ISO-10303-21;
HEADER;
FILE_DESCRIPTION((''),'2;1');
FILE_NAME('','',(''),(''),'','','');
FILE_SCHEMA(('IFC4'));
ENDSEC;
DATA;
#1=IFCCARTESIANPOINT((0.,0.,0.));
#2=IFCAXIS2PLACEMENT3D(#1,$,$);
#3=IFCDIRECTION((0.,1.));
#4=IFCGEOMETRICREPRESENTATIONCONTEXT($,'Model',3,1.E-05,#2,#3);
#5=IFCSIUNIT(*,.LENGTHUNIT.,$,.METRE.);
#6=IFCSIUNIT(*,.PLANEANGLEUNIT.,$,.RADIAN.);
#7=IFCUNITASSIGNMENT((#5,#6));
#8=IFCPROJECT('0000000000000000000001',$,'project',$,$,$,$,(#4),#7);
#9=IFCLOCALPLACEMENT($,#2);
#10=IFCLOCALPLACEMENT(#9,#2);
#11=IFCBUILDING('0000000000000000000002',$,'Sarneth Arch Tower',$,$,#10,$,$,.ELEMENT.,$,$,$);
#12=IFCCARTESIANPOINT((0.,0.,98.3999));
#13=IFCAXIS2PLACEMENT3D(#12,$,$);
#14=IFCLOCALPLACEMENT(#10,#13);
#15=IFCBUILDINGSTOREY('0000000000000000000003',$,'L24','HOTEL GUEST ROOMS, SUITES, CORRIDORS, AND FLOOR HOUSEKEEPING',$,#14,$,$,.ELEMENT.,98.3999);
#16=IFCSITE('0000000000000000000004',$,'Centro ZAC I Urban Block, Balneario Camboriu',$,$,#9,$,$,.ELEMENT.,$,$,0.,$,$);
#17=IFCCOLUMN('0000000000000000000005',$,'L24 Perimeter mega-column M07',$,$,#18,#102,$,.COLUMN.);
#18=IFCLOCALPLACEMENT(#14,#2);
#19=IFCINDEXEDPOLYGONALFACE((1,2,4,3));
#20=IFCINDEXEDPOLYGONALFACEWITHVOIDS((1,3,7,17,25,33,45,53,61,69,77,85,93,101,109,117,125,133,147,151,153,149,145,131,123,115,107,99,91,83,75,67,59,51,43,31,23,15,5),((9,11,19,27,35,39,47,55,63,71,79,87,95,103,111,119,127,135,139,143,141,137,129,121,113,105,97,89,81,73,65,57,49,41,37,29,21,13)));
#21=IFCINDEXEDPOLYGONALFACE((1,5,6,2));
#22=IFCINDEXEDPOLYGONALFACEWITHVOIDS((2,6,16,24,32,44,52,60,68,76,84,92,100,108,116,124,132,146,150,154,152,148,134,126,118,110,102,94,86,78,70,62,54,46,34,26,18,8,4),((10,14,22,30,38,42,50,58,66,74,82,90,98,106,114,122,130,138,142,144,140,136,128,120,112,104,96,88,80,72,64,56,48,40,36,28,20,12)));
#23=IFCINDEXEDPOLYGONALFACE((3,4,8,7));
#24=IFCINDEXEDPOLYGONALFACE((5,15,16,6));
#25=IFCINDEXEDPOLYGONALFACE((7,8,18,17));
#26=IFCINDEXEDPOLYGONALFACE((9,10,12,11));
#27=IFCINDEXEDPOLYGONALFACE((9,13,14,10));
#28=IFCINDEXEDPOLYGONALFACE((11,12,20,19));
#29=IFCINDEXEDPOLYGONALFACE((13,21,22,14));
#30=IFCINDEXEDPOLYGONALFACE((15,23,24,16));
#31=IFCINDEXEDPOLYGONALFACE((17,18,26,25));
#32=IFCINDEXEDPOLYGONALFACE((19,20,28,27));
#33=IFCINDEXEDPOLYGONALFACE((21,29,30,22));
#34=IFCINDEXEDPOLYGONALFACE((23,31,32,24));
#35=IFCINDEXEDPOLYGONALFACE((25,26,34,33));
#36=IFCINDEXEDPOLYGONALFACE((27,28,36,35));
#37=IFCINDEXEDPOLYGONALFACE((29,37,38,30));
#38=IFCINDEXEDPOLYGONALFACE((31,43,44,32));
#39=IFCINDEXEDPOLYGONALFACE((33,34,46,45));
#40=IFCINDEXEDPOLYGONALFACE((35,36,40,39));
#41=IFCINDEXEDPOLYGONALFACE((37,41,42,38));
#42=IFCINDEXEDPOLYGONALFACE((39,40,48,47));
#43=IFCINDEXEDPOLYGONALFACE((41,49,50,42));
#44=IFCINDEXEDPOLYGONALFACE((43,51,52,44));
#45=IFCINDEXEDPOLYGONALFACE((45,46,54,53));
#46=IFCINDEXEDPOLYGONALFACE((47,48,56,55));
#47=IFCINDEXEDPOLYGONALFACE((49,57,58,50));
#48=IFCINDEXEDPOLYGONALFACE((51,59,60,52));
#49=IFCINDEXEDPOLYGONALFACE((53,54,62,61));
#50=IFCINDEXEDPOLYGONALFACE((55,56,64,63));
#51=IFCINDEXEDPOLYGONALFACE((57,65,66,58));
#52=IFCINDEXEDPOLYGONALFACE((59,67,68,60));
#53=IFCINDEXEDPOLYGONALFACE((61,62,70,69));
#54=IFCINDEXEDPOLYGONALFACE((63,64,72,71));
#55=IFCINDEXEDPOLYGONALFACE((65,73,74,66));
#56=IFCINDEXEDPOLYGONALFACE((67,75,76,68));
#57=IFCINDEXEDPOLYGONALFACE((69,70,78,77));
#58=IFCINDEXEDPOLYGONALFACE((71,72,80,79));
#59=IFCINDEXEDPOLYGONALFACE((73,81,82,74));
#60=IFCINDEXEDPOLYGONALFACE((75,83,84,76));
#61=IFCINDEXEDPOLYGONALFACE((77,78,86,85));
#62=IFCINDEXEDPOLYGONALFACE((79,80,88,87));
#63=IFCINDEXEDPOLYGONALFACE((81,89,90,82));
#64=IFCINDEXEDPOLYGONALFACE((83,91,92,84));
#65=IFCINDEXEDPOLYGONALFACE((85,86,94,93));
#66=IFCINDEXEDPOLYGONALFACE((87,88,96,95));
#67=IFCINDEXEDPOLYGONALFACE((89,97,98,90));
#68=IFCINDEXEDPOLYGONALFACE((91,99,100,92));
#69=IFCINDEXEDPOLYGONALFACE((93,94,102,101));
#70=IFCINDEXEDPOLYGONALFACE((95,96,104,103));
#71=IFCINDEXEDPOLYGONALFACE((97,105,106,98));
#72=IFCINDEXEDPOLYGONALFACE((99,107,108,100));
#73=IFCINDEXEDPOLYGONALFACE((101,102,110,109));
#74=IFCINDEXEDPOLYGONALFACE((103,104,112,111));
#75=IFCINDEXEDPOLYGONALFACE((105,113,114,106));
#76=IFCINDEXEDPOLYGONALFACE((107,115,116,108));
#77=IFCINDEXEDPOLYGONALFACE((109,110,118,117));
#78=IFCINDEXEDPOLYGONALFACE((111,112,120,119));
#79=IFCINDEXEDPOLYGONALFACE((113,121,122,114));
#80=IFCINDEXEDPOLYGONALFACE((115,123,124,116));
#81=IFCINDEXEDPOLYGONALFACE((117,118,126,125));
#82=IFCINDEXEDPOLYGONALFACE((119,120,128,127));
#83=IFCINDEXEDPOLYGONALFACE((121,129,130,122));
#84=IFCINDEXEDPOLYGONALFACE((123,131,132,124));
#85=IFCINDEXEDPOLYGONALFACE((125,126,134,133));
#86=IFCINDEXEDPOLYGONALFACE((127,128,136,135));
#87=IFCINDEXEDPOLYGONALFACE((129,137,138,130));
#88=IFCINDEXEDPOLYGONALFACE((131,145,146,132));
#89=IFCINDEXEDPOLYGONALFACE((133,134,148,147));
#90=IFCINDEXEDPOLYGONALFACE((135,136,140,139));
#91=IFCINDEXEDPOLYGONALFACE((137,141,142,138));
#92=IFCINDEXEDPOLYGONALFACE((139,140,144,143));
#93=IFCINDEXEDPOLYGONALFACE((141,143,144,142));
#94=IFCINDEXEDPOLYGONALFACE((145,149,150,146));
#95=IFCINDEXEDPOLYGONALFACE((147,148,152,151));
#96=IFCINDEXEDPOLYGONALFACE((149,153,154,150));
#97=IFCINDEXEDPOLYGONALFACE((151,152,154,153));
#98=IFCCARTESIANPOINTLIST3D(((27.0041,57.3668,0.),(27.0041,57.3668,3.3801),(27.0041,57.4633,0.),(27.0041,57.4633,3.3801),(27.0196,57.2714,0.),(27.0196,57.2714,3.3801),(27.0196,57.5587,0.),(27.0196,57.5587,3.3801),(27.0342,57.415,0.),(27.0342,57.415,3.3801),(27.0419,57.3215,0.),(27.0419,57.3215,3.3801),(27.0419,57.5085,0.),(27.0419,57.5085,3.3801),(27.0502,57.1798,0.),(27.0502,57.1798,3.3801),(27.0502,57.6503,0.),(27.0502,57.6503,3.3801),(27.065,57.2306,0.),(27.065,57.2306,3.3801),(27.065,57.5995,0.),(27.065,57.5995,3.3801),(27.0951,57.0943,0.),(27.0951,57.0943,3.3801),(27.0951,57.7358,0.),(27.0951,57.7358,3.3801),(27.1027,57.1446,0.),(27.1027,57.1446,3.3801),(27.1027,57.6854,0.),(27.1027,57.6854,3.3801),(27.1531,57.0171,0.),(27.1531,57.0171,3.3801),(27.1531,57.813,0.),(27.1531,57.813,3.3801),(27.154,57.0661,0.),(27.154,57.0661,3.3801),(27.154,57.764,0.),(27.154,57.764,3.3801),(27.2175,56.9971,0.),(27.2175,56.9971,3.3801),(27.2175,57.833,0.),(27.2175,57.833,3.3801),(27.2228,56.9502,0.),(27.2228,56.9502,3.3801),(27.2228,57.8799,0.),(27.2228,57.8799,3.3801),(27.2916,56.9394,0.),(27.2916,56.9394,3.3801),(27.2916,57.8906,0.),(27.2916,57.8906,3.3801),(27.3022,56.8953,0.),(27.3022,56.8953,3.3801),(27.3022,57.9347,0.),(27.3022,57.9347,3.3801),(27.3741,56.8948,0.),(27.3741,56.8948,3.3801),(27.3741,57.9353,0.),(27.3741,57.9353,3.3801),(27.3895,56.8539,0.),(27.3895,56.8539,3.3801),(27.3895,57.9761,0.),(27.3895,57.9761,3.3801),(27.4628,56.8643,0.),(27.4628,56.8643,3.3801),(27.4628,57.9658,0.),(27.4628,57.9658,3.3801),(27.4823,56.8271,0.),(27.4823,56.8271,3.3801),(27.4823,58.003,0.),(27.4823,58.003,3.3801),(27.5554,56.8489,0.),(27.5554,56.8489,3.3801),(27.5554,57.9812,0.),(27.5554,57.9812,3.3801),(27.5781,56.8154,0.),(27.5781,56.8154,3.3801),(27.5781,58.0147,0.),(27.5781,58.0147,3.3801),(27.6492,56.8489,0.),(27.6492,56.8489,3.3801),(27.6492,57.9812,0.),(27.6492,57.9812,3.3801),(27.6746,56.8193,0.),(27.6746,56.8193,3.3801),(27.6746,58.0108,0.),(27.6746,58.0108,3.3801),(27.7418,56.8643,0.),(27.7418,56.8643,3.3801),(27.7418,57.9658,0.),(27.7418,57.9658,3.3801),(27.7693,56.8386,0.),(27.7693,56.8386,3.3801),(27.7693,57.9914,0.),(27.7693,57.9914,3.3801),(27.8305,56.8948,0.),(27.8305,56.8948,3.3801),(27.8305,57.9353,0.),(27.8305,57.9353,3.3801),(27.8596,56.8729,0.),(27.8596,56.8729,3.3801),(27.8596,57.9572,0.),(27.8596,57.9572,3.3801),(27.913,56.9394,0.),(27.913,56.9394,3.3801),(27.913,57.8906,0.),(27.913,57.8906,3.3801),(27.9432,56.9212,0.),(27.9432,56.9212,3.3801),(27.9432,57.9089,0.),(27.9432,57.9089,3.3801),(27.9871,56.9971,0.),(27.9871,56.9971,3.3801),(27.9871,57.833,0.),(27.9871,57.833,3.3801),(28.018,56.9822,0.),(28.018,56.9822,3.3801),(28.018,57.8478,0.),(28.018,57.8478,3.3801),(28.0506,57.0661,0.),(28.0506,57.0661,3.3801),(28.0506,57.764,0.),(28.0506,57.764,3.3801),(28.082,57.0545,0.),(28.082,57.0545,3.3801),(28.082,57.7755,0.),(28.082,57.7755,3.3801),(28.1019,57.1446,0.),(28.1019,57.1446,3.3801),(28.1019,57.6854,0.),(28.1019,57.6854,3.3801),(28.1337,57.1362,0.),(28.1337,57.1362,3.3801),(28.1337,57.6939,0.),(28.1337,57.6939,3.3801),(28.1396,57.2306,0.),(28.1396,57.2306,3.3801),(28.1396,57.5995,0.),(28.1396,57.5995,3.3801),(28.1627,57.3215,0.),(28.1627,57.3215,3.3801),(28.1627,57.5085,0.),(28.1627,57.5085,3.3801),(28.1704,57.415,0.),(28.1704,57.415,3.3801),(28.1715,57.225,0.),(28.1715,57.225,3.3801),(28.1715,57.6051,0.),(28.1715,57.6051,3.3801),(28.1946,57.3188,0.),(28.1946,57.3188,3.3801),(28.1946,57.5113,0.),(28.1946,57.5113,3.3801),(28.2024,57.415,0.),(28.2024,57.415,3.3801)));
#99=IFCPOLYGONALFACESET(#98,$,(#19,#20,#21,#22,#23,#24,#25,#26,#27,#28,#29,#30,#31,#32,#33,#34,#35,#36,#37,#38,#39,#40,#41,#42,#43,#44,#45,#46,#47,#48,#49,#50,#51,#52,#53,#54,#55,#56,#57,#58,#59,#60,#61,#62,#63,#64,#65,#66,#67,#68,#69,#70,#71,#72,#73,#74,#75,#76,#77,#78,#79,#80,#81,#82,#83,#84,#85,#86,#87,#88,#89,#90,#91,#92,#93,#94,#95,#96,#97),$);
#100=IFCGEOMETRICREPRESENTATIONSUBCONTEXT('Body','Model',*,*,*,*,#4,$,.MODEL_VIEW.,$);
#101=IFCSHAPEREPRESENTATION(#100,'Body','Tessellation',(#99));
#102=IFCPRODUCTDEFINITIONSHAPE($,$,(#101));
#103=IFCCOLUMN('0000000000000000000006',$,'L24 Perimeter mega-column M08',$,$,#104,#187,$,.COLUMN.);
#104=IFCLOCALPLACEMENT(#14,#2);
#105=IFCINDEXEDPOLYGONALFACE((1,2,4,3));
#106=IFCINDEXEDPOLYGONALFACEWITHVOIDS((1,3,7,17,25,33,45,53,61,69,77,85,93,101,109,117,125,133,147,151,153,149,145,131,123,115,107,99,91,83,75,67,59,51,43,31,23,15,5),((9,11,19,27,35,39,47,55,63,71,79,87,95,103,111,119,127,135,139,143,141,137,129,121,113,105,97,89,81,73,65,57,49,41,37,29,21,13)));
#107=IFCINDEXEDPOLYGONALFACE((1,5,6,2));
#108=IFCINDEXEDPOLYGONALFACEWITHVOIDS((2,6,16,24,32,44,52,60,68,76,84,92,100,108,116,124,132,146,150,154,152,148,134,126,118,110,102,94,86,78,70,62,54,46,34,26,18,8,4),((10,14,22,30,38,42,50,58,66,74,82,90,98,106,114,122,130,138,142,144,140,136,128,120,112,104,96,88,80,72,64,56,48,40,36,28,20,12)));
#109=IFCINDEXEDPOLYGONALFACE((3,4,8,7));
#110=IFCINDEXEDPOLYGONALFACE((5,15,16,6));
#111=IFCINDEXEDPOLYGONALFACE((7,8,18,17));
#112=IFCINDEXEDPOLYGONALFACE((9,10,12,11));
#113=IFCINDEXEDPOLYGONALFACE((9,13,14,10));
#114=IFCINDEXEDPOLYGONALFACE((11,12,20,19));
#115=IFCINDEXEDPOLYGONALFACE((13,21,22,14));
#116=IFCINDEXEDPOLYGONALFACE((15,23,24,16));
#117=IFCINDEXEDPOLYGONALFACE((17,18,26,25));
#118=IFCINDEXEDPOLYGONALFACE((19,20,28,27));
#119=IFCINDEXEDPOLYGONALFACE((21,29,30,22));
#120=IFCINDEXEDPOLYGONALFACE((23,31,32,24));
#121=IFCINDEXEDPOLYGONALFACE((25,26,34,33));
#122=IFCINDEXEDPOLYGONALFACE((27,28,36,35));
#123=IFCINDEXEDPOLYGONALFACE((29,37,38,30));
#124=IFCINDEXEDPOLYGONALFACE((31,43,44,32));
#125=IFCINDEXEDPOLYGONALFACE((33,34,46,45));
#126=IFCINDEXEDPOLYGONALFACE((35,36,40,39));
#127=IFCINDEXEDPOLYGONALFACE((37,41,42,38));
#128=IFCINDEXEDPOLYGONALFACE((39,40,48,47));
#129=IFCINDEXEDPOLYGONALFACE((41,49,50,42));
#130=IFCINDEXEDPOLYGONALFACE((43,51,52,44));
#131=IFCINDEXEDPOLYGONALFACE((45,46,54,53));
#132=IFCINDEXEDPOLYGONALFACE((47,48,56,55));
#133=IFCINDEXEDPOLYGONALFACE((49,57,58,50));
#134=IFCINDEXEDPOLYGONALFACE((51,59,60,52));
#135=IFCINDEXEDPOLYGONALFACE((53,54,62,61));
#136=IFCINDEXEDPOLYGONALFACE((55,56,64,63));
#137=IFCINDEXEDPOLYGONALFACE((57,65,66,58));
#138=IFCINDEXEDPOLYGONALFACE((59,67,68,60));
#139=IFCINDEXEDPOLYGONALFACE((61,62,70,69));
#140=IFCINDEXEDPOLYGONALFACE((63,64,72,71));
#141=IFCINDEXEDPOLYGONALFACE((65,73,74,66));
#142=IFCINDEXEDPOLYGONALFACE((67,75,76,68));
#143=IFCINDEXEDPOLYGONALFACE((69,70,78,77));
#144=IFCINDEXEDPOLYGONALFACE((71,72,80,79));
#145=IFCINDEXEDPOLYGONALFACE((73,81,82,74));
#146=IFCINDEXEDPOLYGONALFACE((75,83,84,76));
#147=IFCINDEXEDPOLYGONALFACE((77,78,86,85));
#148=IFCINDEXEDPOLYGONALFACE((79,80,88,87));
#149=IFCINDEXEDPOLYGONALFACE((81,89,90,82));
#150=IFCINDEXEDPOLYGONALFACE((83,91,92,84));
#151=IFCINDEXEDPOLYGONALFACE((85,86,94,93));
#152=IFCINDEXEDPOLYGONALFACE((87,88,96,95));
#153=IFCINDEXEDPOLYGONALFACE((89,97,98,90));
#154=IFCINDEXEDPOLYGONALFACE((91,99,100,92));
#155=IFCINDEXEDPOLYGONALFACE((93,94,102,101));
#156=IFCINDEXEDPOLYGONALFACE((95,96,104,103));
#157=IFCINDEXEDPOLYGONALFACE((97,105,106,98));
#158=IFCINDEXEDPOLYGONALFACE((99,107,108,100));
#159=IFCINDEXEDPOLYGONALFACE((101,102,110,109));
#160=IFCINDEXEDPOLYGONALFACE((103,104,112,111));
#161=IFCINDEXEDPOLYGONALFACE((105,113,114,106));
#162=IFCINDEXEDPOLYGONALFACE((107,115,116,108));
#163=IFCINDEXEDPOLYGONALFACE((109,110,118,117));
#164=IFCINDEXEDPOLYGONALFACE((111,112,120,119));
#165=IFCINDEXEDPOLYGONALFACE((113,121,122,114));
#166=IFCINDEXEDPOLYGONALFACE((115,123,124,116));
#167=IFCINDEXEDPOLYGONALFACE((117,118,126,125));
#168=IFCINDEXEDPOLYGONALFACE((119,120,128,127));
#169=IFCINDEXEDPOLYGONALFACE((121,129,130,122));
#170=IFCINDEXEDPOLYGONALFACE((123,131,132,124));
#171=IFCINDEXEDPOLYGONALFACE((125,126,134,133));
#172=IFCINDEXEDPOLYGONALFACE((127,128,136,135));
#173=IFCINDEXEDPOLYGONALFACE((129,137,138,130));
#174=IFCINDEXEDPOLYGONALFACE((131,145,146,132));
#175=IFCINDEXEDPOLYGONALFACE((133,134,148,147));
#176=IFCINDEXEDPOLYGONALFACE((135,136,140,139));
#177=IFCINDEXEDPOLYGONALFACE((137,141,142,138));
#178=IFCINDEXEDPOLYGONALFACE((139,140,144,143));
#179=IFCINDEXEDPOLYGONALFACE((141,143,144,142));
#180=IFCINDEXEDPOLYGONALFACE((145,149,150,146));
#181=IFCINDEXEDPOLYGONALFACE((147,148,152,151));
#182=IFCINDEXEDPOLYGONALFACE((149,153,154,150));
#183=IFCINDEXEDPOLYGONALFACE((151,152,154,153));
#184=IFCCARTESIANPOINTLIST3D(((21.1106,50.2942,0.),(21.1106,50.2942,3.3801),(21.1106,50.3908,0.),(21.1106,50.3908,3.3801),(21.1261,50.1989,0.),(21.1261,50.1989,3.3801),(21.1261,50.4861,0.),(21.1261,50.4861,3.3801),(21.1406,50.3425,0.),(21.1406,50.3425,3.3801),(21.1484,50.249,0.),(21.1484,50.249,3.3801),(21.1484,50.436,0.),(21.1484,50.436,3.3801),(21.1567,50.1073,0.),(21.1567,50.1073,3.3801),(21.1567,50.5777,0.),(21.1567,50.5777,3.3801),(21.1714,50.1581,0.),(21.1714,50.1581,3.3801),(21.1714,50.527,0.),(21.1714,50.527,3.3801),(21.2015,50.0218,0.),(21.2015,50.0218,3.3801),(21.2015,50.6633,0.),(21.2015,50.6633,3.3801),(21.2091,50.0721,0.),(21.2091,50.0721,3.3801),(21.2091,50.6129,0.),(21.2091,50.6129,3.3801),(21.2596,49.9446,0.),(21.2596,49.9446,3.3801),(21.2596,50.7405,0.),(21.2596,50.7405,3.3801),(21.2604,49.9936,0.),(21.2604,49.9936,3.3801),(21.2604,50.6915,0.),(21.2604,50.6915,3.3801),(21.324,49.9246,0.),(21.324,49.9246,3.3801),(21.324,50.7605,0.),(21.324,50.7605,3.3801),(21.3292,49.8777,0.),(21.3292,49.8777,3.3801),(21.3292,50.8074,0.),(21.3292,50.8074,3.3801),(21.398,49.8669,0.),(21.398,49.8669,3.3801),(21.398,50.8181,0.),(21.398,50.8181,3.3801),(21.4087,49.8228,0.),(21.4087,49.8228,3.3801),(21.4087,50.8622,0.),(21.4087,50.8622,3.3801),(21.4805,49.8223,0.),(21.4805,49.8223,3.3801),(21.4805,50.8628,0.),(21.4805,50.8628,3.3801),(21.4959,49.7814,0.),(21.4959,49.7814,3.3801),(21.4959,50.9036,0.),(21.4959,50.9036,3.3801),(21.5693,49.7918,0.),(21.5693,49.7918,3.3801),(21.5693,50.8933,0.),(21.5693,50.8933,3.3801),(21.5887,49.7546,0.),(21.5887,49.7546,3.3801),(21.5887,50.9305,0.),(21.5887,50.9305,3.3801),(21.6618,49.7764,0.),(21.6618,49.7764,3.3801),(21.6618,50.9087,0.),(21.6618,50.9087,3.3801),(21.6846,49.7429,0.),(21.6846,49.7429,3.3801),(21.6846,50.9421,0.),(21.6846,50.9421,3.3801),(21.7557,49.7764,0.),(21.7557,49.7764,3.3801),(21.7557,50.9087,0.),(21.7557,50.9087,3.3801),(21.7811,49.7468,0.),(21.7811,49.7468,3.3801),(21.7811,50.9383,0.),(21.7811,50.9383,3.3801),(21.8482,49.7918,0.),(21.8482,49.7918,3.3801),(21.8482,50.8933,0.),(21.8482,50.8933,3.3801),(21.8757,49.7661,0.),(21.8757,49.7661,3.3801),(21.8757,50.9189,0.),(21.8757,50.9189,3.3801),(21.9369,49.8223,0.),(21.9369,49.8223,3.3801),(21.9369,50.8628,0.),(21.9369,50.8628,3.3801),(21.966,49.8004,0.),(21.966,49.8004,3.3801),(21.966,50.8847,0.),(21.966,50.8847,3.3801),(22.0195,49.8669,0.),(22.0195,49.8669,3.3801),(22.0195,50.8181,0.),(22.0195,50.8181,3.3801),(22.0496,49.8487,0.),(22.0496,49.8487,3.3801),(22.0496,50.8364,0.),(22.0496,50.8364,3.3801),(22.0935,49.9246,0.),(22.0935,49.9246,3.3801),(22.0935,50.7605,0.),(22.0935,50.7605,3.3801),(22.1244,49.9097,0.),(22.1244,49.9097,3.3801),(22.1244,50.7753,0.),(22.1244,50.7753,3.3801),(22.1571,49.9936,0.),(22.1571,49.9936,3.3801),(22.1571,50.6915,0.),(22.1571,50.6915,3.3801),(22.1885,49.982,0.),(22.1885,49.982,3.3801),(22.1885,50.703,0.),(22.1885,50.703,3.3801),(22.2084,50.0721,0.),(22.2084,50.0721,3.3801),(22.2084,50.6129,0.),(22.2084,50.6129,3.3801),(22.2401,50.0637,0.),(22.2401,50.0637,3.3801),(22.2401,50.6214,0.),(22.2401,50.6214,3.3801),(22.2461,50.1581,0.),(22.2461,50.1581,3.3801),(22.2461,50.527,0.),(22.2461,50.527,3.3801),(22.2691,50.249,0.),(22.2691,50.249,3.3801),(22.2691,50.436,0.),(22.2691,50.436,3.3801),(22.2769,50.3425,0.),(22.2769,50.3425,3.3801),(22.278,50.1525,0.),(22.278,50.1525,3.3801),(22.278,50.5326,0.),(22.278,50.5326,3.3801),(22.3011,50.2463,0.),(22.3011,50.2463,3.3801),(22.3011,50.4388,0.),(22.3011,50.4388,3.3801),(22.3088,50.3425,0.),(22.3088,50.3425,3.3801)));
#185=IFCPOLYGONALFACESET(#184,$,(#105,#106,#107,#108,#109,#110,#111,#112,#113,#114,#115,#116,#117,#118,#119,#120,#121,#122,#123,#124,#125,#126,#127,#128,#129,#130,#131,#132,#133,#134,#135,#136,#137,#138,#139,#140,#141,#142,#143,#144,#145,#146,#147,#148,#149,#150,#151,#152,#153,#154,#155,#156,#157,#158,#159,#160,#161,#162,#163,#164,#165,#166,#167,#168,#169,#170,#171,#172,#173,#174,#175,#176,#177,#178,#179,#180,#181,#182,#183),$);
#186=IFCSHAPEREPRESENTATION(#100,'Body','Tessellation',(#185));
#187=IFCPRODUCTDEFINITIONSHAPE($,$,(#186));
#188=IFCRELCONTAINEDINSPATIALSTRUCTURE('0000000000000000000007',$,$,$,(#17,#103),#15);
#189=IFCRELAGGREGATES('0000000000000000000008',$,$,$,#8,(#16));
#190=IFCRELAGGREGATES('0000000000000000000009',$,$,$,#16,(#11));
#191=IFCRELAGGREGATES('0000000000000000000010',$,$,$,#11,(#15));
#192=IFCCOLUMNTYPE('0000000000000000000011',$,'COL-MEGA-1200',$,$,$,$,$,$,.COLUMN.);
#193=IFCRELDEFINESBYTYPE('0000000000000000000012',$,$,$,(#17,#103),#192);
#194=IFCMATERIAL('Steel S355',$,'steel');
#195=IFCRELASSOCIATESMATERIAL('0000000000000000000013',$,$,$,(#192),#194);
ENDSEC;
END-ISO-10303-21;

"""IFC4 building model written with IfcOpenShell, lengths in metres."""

from ifc_helpers import new_model, si_unit, direction, frame, origin, origin_2d, place, context, subcontext, project, spatial, hollow_circle, extrude, material, material_profile, profile_set, type_object, element, save


model = new_model("IFC4")

# Units and contexts
model_context = context("Model", 3, precision=1e-05, world=origin(), true_north=direction((0.0, 1.0)))
body_context = subcontext(model_context, "Body", "Model", "MODEL_VIEW")
ifc_project = project(units=[si_unit("LENGTHUNIT", "METRE"), si_unit("PLANEANGLEUNIT", "RADIAN")], contexts=[model_context])

# Site, building, storey
site_placement = place(None, origin())
site = spatial("IfcSite", under=ifc_project, at=site_placement, Name="Centro ZAC I Urban Block, Balneario Camboriu", CompositionType="ELEMENT", RefElevation=0.0)
building_placement = place(site_placement, origin())
building = spatial("IfcBuilding", under=site, at=building_placement, Name="Sarneth Arch Tower", CompositionType="ELEMENT")
storey_placement = place(building_placement, frame((0.0, 0.0, 98.3999)))
storey = spatial("IfcBuildingStorey", under=building, at=storey_placement, Name="L24", Description="HOTEL GUEST ROOMS, SUITES, CORRIDORS, AND FLOOR HOUSEKEEPING", CompositionType="ELEMENT", Elevation=98.3999)

# Columns
ifc_material_1 = material(Name="Steel S355", Category="steel")
ifc_material_profile_1 = material_profile(ifc_material_1, hollow_circle(Radius=0.6001, WallThickness=0.032, at=origin_2d()), Name="CHS1200x32")
ifc_profile_set_1 = profile_set([ifc_material_profile_1], Name="Steel S355")
column_type = type_object("IfcColumnType", Name="COL-MEGA-1200", PredefinedType="COLUMN", material=ifc_profile_set_1)
for number, where, z_axis, x_axis, name in (
    (1, (27.6023, 57.415, 0.0), (0.0, 0.0, 1.0), (1.0, 0.0, 0.0), "L24 Perimeter mega-column M07"),
    (2, (21.7087, 50.3425, 0.0), (0.0, 0.0, 1.0), (1.0, 0.0, 0.0), "L24 Perimeter mega-column M08"),
):
    element("IfcColumn", number, at=place(storey_placement, frame(where, z_axis=z_axis, x_axis=x_axis)), inside=storey, type_object=column_type, Name=name, PredefinedType="COLUMN", context=body_context, shape_type="SweptSolid", body=[
        extrude(hollow_circle(Radius=0.6001, WallThickness=0.032, at=origin_2d()), origin(), (0.0, 0.0, 1.0), 3.3801),
    ])

save(model, "model.ifc")
